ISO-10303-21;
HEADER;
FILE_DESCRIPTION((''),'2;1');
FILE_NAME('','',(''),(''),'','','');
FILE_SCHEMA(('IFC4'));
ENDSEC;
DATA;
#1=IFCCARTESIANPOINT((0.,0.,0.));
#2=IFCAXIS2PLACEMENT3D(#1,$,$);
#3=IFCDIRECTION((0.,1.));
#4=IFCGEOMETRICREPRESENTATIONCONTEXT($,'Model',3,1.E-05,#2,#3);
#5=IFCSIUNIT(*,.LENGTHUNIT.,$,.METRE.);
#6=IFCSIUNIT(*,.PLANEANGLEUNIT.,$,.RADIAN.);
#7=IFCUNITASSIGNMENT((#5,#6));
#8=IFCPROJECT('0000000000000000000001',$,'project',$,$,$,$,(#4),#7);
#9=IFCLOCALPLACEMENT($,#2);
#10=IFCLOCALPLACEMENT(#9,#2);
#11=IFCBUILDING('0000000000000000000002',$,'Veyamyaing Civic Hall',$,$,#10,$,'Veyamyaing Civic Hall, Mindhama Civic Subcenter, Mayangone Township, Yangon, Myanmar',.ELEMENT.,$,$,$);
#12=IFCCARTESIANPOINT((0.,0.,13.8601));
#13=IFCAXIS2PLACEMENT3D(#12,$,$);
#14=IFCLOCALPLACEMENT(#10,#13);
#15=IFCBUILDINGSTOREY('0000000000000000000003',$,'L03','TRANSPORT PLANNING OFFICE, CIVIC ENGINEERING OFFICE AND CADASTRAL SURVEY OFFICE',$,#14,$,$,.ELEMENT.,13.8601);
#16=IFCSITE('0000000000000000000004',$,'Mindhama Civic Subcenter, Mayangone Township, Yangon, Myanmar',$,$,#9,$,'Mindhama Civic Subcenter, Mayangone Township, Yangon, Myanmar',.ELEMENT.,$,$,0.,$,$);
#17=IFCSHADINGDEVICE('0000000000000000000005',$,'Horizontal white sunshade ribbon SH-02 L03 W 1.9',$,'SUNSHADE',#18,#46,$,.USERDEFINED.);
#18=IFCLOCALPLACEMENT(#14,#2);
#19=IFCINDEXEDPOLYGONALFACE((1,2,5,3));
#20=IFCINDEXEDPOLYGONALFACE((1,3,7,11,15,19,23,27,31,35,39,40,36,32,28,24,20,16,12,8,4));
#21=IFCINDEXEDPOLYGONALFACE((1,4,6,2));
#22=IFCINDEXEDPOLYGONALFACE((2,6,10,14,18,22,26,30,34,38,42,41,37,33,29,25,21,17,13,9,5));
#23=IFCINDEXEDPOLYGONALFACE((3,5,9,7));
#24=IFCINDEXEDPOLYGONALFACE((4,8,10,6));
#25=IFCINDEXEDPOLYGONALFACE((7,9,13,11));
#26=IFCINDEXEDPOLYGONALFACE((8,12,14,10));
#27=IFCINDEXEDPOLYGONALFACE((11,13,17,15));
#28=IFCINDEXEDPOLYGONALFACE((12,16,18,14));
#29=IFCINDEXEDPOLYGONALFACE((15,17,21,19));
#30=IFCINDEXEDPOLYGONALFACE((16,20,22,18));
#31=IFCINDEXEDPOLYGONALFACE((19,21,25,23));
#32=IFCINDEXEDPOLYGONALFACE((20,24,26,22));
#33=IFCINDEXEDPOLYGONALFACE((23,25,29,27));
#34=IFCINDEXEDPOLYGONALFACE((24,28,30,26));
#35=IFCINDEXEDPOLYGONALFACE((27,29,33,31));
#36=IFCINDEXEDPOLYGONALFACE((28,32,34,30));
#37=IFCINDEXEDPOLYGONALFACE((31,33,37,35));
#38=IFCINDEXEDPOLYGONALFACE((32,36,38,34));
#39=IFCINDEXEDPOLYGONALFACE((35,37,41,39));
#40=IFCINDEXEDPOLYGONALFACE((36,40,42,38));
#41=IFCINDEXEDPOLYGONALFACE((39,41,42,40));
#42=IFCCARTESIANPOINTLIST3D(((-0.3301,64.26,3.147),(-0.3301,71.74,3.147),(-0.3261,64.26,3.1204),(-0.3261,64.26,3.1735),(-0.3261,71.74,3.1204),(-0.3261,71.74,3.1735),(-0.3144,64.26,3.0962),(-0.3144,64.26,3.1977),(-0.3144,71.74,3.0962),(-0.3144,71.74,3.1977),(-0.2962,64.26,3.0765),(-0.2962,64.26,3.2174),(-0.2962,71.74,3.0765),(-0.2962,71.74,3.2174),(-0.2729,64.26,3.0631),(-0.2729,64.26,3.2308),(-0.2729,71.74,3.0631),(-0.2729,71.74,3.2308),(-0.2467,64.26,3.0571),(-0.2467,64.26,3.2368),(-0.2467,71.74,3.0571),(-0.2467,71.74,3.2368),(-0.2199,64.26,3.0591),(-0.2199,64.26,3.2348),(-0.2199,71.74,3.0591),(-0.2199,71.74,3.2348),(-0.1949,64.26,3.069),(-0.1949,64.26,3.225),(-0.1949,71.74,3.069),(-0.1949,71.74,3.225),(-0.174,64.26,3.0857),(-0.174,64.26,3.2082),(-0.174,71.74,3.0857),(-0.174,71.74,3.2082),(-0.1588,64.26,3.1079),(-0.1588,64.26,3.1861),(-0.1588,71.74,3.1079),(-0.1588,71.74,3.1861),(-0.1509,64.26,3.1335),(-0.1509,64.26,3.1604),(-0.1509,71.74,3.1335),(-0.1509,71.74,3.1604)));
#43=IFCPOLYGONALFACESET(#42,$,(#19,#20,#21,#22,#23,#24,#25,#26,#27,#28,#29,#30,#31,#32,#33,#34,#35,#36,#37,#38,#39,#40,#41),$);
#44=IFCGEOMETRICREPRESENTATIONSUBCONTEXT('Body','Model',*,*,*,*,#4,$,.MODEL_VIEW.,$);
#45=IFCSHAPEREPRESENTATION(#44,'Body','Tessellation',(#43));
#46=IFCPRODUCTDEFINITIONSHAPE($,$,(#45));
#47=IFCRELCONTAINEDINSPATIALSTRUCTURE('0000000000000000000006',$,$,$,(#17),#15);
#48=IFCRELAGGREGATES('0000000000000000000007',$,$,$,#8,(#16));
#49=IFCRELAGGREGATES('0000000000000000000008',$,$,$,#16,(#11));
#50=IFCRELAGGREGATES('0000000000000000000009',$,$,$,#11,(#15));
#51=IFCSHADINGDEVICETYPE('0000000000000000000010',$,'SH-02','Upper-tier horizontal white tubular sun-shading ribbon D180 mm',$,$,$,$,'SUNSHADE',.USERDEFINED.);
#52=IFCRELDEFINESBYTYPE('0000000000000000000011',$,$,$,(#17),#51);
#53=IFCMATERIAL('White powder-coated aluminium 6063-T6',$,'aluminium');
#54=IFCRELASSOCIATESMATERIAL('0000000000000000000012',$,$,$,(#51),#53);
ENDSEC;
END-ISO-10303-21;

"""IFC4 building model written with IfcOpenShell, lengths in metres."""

from ifc_helpers import new_model, si_unit, direction, frame, origin, origin_2d, place, context, subcontext, project, spatial, circle, extrude, material, material_profile, profile_set, type_object, element, save


model = new_model("IFC4")

# Units and contexts
model_context = context("Model", 3, precision=1e-05, world=origin(), true_north=direction((0.0, 1.0)))
body_context = subcontext(model_context, "Body", "Model", "MODEL_VIEW")
ifc_project = project(units=[si_unit("LENGTHUNIT", "METRE"), si_unit("PLANEANGLEUNIT", "RADIAN")], contexts=[model_context])

# Site, building, storey
site_placement = place(None, origin())
site = spatial("IfcSite", under=ifc_project, at=site_placement, Name="Mindhama Civic Subcenter, Mayangone Township, Yangon, Myanmar", LongName="Mindhama Civic Subcenter, Mayangone Township, Yangon, Myanmar", CompositionType="ELEMENT", RefElevation=0.0)
building_placement = place(site_placement, origin())
building = spatial("IfcBuilding", under=site, at=building_placement, Name="Veyamyaing Civic Hall", LongName="Veyamyaing Civic Hall, Mindhama Civic Subcenter, Mayangone Township, Yangon, Myanmar", CompositionType="ELEMENT")
storey_placement = place(building_placement, frame((0.0, 0.0, 13.8601)))
storey = spatial("IfcBuildingStorey", under=building, at=storey_placement, Name="L03", Description="TRANSPORT PLANNING OFFICE, CIVIC ENGINEERING OFFICE AND CADASTRAL SURVEY OFFICE", CompositionType="ELEMENT", Elevation=13.8601)

# Shading device
ifc_material_1 = material(Name="White powder-coated aluminium 6063-T6", Category="aluminium")
ifc_material_profile_1 = material_profile(ifc_material_1, circle(Radius=0.0901, at=origin_2d()), Name="SHADE-TUBE-180")
ifc_profile_set_1 = profile_set([ifc_material_profile_1], Name="White powder-coated aluminium 6063-T6")
shading_device_type = type_object("IfcShadingDeviceType", Name="SH-02", Description="Upper-tier horizontal white tubular sun-shading ribbon D180 mm", ElementType="SUNSHADE", PredefinedType="USERDEFINED", material=ifc_profile_set_1)
shading_device_placement = place(storey_placement, frame((-0.24, 64.26, 3.147), z_axis=(0.0, 1.0, 0.0), x_axis=(-1.0, 0.0, 0.0)))
element("IfcShadingDevice", 1, at=shading_device_placement, inside=storey, type_object=shading_device_type, Name="Horizontal white sunshade ribbon SH-02 L03 W 1.9", ObjectType="SUNSHADE", PredefinedType="USERDEFINED", context=body_context, shape_type="SweptSolid", body=[
    extrude(circle(Radius=0.0901, at=origin_2d()), origin(), (0.0, 0.0, 1.0), 7.48),
])

save(model, "model.ifc")
